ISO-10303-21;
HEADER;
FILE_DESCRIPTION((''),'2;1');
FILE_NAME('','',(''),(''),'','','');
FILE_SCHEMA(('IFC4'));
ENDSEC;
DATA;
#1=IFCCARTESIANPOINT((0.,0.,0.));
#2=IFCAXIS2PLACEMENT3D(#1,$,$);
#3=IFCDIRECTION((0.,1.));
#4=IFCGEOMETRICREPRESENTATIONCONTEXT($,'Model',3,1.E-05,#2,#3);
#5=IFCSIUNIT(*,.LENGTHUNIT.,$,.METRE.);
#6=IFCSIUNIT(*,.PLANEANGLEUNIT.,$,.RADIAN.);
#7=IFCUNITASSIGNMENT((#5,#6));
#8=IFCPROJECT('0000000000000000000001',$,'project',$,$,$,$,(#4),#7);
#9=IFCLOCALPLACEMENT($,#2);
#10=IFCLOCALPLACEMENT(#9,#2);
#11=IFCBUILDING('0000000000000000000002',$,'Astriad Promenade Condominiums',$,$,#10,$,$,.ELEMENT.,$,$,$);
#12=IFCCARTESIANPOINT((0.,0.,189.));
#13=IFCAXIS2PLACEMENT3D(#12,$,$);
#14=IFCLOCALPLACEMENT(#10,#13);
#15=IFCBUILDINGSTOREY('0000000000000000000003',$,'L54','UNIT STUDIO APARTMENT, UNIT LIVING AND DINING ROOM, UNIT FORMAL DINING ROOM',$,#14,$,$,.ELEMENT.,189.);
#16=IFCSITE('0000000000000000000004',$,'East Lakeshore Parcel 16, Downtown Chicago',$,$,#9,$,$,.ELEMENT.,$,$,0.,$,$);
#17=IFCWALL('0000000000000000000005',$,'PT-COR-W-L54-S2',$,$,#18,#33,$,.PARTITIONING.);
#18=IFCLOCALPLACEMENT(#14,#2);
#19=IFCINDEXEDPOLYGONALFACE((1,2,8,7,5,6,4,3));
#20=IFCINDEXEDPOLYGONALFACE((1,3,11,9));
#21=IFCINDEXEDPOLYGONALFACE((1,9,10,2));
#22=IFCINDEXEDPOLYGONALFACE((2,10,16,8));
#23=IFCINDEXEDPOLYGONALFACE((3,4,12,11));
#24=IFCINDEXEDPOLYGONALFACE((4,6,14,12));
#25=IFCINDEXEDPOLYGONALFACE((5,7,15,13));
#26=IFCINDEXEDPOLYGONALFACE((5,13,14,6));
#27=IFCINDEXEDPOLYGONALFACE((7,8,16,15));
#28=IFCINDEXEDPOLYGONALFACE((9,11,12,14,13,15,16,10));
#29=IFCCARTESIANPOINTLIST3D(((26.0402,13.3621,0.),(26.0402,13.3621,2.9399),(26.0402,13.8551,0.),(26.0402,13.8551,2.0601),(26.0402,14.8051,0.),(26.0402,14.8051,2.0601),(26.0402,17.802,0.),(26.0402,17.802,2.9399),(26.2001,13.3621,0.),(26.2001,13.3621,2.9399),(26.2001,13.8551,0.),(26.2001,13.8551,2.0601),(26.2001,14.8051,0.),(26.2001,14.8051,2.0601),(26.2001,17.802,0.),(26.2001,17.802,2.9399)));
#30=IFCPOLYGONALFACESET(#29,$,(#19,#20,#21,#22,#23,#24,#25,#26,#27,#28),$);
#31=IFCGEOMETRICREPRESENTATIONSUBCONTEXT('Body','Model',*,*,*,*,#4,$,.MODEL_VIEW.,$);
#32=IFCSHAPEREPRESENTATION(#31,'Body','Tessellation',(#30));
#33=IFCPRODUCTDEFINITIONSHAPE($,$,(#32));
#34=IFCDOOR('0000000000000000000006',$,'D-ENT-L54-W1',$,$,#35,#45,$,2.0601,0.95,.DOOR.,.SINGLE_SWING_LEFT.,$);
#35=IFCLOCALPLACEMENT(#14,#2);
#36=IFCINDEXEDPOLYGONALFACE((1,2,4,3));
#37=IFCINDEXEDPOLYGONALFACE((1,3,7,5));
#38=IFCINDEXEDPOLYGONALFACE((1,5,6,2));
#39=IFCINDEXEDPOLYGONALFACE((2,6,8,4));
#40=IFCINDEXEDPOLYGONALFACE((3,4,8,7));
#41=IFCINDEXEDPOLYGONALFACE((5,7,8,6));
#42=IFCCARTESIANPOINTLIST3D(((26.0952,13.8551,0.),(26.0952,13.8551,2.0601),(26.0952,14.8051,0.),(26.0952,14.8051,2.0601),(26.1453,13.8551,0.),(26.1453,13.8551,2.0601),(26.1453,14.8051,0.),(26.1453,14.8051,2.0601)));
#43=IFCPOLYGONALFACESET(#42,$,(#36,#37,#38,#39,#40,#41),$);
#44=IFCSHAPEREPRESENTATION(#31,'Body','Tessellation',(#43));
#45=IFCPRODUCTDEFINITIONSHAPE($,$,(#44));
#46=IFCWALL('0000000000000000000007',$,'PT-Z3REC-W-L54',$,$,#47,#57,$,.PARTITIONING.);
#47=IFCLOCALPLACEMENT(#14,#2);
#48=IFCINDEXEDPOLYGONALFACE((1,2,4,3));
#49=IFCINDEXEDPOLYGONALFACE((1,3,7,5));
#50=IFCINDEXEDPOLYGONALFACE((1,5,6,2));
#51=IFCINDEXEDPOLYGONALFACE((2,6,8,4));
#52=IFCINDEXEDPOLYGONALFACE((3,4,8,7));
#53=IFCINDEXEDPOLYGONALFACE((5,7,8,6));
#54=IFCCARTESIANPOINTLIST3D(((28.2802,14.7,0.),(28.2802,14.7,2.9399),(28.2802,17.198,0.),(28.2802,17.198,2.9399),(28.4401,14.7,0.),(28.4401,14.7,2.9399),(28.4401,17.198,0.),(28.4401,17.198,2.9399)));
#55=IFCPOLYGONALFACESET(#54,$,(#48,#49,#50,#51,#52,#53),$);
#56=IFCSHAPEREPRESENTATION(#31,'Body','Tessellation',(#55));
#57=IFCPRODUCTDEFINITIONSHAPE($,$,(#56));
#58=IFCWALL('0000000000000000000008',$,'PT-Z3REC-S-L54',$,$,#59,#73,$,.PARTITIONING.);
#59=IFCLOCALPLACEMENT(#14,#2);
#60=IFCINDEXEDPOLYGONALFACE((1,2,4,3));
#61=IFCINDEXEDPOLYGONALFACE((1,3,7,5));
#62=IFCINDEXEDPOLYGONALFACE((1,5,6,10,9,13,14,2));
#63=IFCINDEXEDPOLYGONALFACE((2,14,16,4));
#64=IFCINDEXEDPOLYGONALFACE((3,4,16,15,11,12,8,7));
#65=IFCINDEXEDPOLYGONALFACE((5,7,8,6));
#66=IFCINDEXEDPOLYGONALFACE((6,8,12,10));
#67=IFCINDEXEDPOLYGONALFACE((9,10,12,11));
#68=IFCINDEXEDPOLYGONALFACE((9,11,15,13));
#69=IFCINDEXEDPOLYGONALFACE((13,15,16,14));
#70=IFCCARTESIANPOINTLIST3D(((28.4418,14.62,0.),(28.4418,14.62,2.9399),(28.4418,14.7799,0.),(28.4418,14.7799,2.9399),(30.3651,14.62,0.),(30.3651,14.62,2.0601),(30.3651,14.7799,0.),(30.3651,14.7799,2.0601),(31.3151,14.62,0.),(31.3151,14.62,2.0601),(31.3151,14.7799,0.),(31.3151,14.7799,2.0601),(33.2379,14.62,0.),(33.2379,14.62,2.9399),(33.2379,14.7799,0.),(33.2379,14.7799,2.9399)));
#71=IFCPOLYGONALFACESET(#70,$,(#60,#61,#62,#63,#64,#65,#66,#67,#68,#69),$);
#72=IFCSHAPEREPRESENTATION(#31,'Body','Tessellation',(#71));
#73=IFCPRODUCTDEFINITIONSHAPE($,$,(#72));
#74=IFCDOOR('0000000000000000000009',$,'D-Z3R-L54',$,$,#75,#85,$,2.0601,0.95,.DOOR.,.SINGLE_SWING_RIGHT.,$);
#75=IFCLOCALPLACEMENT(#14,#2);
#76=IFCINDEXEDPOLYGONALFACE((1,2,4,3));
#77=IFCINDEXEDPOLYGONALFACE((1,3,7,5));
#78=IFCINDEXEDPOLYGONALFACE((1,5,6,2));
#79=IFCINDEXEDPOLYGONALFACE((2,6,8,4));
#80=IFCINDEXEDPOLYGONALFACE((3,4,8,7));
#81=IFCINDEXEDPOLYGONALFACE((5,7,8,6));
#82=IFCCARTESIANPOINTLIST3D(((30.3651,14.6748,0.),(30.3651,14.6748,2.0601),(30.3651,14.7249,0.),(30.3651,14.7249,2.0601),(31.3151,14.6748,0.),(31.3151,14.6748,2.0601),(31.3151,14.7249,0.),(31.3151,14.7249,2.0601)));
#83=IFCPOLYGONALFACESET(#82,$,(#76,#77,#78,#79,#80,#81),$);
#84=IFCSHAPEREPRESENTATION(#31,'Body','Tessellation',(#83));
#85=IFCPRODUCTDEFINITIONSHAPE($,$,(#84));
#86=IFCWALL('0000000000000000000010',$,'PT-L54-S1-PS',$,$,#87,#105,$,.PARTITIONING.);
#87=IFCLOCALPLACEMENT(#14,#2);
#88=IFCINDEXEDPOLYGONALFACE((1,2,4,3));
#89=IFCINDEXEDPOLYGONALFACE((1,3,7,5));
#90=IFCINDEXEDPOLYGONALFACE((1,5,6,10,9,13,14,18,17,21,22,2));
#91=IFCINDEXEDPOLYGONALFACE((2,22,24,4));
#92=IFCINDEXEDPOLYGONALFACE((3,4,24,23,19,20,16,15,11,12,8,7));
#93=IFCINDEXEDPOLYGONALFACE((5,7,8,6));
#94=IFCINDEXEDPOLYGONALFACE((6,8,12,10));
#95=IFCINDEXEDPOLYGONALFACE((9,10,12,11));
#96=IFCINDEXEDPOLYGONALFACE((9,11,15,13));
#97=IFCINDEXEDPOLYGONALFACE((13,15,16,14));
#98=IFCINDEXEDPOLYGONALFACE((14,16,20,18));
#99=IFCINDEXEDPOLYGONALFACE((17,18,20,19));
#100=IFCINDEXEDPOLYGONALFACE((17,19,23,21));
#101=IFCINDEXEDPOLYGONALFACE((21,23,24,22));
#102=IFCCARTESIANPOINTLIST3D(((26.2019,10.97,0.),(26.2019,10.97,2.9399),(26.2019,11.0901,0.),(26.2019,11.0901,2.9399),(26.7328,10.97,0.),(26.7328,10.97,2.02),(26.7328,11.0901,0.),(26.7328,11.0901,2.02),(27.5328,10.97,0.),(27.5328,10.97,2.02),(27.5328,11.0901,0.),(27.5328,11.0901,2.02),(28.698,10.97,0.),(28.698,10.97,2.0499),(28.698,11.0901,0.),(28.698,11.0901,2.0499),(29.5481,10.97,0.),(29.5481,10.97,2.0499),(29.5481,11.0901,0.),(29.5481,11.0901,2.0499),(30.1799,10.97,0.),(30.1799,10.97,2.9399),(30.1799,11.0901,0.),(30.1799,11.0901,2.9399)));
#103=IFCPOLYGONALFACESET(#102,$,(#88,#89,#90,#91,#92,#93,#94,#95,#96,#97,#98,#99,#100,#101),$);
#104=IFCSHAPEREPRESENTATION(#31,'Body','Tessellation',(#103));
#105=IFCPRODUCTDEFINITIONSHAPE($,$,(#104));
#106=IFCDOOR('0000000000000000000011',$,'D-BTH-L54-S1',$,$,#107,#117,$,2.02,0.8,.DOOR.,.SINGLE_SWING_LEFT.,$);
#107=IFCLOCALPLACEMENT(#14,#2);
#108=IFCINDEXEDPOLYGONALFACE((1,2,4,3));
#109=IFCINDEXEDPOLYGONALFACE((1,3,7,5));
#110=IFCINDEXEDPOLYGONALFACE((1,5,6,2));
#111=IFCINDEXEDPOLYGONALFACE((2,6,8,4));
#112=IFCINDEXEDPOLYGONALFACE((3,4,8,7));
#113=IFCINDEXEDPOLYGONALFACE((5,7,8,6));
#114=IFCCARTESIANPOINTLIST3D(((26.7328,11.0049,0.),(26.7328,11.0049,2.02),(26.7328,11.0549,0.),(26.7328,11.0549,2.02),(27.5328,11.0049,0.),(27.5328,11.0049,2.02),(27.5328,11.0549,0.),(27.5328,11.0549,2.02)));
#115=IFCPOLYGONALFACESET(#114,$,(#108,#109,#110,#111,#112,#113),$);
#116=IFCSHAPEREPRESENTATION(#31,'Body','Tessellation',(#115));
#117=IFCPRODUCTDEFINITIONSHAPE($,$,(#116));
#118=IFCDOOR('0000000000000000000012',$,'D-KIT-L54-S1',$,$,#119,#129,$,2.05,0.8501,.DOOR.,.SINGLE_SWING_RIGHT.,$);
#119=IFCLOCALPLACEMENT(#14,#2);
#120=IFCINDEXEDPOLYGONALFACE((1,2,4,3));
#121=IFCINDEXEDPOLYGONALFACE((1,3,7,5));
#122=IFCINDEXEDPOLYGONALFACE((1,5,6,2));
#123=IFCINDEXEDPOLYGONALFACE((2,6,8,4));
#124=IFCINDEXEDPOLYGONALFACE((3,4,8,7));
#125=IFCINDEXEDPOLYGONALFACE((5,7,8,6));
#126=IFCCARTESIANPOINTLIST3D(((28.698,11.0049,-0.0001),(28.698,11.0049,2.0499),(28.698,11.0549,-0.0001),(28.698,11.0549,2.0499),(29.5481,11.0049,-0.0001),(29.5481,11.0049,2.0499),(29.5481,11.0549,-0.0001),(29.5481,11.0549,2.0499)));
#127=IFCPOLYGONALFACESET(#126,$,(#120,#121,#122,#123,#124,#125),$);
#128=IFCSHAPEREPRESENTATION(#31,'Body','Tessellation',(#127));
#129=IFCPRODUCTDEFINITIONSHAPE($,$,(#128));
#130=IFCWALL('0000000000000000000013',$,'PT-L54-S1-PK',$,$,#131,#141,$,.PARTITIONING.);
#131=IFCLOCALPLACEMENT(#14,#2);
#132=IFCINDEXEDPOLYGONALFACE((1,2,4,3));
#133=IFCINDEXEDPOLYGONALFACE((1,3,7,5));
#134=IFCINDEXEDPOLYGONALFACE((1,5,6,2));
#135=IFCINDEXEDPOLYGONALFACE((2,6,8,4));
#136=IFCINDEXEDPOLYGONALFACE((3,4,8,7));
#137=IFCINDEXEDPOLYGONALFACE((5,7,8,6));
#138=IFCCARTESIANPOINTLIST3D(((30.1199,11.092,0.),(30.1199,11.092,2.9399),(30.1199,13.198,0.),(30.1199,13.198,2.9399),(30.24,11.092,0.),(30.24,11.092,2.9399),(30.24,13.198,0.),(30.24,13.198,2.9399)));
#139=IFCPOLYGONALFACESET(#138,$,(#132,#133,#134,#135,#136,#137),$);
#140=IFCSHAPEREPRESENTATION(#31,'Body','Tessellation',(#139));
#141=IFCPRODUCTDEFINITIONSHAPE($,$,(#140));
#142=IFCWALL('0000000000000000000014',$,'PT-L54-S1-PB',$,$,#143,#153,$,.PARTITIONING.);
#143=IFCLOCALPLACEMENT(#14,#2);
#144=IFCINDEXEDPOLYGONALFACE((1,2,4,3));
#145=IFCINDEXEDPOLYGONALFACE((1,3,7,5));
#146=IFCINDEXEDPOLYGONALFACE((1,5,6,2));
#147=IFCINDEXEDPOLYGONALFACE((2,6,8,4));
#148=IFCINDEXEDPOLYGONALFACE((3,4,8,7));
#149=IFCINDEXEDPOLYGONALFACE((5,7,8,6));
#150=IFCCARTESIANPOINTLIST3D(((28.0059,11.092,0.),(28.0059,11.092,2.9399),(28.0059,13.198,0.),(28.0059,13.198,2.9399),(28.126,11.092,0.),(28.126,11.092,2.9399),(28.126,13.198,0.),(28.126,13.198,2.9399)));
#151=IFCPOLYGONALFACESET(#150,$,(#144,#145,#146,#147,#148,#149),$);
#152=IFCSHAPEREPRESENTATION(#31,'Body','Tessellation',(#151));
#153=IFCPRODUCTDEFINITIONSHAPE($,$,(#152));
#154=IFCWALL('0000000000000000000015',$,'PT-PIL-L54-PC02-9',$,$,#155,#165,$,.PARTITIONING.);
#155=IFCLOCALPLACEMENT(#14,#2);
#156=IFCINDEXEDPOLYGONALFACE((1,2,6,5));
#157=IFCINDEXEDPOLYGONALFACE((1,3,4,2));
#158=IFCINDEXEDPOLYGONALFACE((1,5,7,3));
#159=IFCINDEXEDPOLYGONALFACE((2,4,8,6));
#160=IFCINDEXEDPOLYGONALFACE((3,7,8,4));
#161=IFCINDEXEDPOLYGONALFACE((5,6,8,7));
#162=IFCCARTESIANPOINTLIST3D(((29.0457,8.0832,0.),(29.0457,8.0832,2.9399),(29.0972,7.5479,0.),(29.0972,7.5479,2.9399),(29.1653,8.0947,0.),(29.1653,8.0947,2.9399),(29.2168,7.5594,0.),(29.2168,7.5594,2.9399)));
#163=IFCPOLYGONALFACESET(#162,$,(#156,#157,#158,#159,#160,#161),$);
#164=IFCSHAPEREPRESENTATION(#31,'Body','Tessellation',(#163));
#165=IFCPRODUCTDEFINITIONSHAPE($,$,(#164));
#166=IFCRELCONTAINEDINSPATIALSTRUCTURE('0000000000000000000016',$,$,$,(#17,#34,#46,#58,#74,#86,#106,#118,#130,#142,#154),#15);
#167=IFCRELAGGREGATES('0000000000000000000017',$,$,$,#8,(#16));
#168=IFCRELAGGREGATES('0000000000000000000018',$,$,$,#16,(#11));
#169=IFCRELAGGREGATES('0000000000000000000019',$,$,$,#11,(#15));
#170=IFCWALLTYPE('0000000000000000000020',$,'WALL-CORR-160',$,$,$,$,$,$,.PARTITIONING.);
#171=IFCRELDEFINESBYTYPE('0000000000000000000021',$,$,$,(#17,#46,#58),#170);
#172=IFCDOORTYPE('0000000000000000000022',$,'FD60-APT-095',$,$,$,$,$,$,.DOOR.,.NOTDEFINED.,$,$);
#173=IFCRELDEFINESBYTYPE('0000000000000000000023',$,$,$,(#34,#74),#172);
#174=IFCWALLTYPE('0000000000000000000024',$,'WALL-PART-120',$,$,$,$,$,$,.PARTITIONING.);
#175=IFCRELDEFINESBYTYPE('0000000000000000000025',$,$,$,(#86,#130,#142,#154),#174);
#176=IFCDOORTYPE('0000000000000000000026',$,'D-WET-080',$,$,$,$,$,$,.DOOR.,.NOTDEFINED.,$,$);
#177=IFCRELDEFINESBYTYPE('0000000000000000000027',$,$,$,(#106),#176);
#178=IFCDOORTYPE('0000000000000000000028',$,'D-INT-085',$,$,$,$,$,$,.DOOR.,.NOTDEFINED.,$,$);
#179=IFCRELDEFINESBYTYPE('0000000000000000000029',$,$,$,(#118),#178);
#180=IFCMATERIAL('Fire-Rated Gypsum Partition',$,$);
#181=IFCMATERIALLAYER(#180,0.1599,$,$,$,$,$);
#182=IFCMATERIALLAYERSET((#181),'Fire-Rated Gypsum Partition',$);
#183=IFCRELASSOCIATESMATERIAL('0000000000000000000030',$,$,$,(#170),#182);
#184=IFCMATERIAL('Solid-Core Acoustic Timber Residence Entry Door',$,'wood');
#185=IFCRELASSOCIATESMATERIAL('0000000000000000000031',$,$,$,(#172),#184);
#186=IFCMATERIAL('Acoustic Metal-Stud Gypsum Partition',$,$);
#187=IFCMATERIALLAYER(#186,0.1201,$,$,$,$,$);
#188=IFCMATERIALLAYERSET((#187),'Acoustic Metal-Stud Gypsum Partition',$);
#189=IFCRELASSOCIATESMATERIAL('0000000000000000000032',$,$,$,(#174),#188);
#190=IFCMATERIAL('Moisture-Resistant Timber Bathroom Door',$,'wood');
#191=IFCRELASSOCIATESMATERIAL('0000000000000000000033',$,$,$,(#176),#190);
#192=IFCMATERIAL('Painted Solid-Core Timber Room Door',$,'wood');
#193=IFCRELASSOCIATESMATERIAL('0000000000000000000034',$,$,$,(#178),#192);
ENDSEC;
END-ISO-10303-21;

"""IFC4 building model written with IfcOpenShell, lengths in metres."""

from ifc_helpers import new_model, si_unit, direction, frame, frame_2d, origin, place, context, subcontext, project, spatial, rectangle, extrude, source, transform, mapped, material, layer, layer_set, type_object, type_shapes, element, fill, save


model = new_model("IFC4")

# Units and contexts
model_context = context("Model", 3, precision=1e-05, world=origin(), true_north=direction((0.0, 1.0)))
body_context = subcontext(model_context, "Body", "Model", "MODEL_VIEW")
ifc_project = project(units=[si_unit("LENGTHUNIT", "METRE"), si_unit("PLANEANGLEUNIT", "RADIAN")], contexts=[model_context])

# Site, building, storey
site_placement = place(None, origin())
site = spatial("IfcSite", under=ifc_project, at=site_placement, Name="East Lakeshore Parcel 16, Downtown Chicago", CompositionType="ELEMENT", RefElevation=0.0)
building_placement = place(site_placement, origin())
building = spatial("IfcBuilding", under=site, at=building_placement, Name="Astriad Promenade Condominiums", CompositionType="ELEMENT")
storey_placement = place(building_placement, frame((0.0, 0.0, 189.0)))
storey = spatial("IfcBuildingStorey", under=building, at=storey_placement, Name="L54", Description="UNIT STUDIO APARTMENT, UNIT LIVING AND DINING ROOM, UNIT FORMAL DINING ROOM", CompositionType="ELEMENT", Elevation=189.0)

# Shared definitions
ifc_material_1 = material(Name="Fire-Rated Gypsum Partition")
ifc_layer_1 = layer(ifc_material_1, 0.1599)
ifc_layer_set_1 = layer_set([ifc_layer_1], Name="Fire-Rated Gypsum Partition")
wall_type_1 = type_object("IfcWallType", Name="WALL-CORR-160", PredefinedType="PARTITIONING", material=ifc_layer_set_1)
ifc_material_2 = material(Name="Solid-Core Acoustic Timber Residence Entry Door", Category="wood")
door_type_1 = type_object("IfcDoorType", Name="FD60-APT-095", OperationType="NOTDEFINED", PredefinedType="DOOR", material=ifc_material_2)
shared_shape_1 = source(origin(), body_context, "Body", "SweptSolid", [
    extrude(rectangle(XDim=0.95, YDim=2.0601, at=frame_2d((0.4751, 1.03))), frame((0.0, 0.0249, 0.0), z_axis=(0.0, -1.0, 0.0), x_axis=(1.0, 0.0, 0.0)), (0.0, 0.0, 1.0), 0.05),
])
type_shapes(door_type_1, [shared_shape_1])

# Wall, opening, door
wall_1_placement = place(storey_placement, frame((26.1201, 13.3621, 0.0), z_axis=(0.0, 0.0, 1.0), x_axis=(0.0, 1.0, 0.0)))
wall_1 = element("IfcWall", 1, at=wall_1_placement, inside=storey, type_object=wall_type_1, Name="PT-COR-W-L54-S2", PredefinedType="PARTITIONING", context=body_context, shape_type="SweptSolid", body=[
    extrude(rectangle(XDim=4.4399, YDim=0.1599, at=frame_2d((2.22, 0.0))), origin(), (0.0, 0.0, 1.0), 2.9399),
])
opening_1_placement = place(wall_1_placement, frame((0.4929, 0.0, 0.0)))
opening_1 = element("IfcOpeningElement", 2, at=opening_1_placement, cuts=wall_1, PredefinedType="OPENING", context=body_context, shape_type="SweptSolid", body=[
    extrude(rectangle(XDim=0.95, YDim=2.0601, at=frame_2d((0.4751, 1.03))), frame((0.0, 0.0898, 0.0), z_axis=(0.0, -1.0, 0.0), x_axis=(1.0, 0.0, 0.0)), (0.0, 0.0, 1.0), 0.1799),
])
door_1_placement = place(opening_1_placement, origin())
door_1 = element("IfcDoor", 3, at=door_1_placement, inside=storey, type_object=door_type_1, Name="D-ENT-L54-W1", OperationType="SINGLE_SWING_LEFT", OverallHeight=2.0601, OverallWidth=0.95, PredefinedType="DOOR", context=body_context, shape_type="MappedRepresentation", body=[
    mapped(shared_shape_1, transform((0.0, 0.0, 0.0), scale=1.0)),
])
fill(opening_1, door_1)

# Wall
wall_2_placement = place(storey_placement, frame((28.3601, 14.7, 0.0), z_axis=(0.0, 0.0, 1.0), x_axis=(0.0, 1.0, 0.0)))
element("IfcWall", 4, at=wall_2_placement, inside=storey, type_object=wall_type_1, Name="PT-Z3REC-W-L54", PredefinedType="PARTITIONING", context=body_context, shape_type="SweptSolid", body=[
    extrude(rectangle(XDim=2.498, YDim=0.1599, at=frame_2d((1.249, 0.0))), origin(), (0.0, 0.0, 1.0), 2.9399),
])

# Wall, opening, door
wall_3_placement = place(storey_placement, frame((28.4419, 14.7, 0.0), z_axis=(0.0, 0.0, 1.0), x_axis=(1.0, 0.0, 0.0)))
wall_3 = element("IfcWall", 5, at=wall_3_placement, inside=storey, type_object=wall_type_1, Name="PT-Z3REC-S-L54", PredefinedType="PARTITIONING", context=body_context, shape_type="SweptSolid", body=[
    extrude(rectangle(XDim=4.7961, YDim=0.1599, at=frame_2d((2.3979, 0.0))), origin(), (0.0, 0.0, 1.0), 2.9399),
])
opening_2_placement = place(wall_3_placement, frame((1.9231, 0.0, 0.0)))
opening_2 = element("IfcOpeningElement", 6, at=opening_2_placement, cuts=wall_3, PredefinedType="OPENING", context=body_context, shape_type="SweptSolid", body=[
    extrude(rectangle(XDim=0.95, YDim=2.0601, at=frame_2d((0.4751, 1.03))), frame((0.0, 0.0898, 0.0), z_axis=(0.0, -1.0, 0.0), x_axis=(1.0, 0.0, 0.0)), (0.0, 0.0, 1.0), 0.1799),
])
door_2_placement = place(opening_2_placement, origin())
door_2 = element("IfcDoor", 7, at=door_2_placement, inside=storey, type_object=door_type_1, Name="D-Z3R-L54", OperationType="SINGLE_SWING_RIGHT", OverallHeight=2.0601, OverallWidth=0.95, PredefinedType="DOOR", context=body_context, shape_type="MappedRepresentation", body=[
    mapped(shared_shape_1, transform((0.0, 0.0, 0.0), scale=1.0)),
])
fill(opening_2, door_2)

# Wall, openings, doors
ifc_material_3 = material(Name="Acoustic Metal-Stud Gypsum Partition")
ifc_layer_2 = layer(ifc_material_3, 0.1201)
ifc_layer_set_2 = layer_set([ifc_layer_2], Name="Acoustic Metal-Stud Gypsum Partition")
wall_type_2 = type_object("IfcWallType", Name="WALL-PART-120", PredefinedType="PARTITIONING", material=ifc_layer_set_2)
wall_4_placement = place(storey_placement, frame((26.2019, 11.03, 0.0), z_axis=(0.0, 0.0, 1.0), x_axis=(1.0, 0.0, 0.0)))
wall_4 = element("IfcWall", 8, at=wall_4_placement, inside=storey, type_object=wall_type_2, Name="PT-L54-S1-PS", PredefinedType="PARTITIONING", context=body_context, shape_type="SweptSolid", body=[
    extrude(rectangle(XDim=3.978, YDim=0.1201, at=frame_2d((1.989, 0.0))), origin(), (0.0, 0.0, 1.0), 2.9399),
])
opening_3_placement = place(wall_4_placement, frame((0.531, 0.0, 0.0)))
opening_3 = element("IfcOpeningElement", 9, at=opening_3_placement, cuts=wall_4, PredefinedType="OPENING", context=body_context, shape_type="SweptSolid", body=[
    extrude(rectangle(XDim=0.8, YDim=2.02, at=frame_2d((0.3999, 1.01))), frame((0.0, 0.0701, 0.0), z_axis=(0.0, -1.0, 0.0), x_axis=(1.0, 0.0, 0.0)), (0.0, 0.0, 1.0), 0.1401),
])
opening_4_placement = place(wall_4_placement, frame((2.4961, 0.0, 0.0)))
opening_4 = element("IfcOpeningElement", 10, at=opening_4_placement, cuts=wall_4, PredefinedType="OPENING", context=body_context, shape_type="SweptSolid", body=[
    extrude(rectangle(XDim=0.8501, YDim=2.05, at=frame_2d((0.425, 1.0249))), frame((0.0, 0.0701, 0.0), z_axis=(0.0, -1.0, 0.0), x_axis=(1.0, 0.0, 0.0)), (0.0, 0.0, 1.0), 0.1401),
])
ifc_material_4 = material(Name="Moisture-Resistant Timber Bathroom Door", Category="wood")
door_type_2 = type_object("IfcDoorType", Name="D-WET-080", OperationType="NOTDEFINED", PredefinedType="DOOR", material=ifc_material_4)
shared_shape_2 = source(origin(), body_context, "Body", "SweptSolid", [
    extrude(rectangle(XDim=0.8, YDim=2.02, at=frame_2d((0.3999, 1.01))), frame((0.0, 0.0249, 0.0), z_axis=(0.0, -1.0, 0.0), x_axis=(1.0, 0.0, 0.0)), (0.0, 0.0, 1.0), 0.05),
])
type_shapes(door_type_2, [shared_shape_2])
door_3_placement = place(opening_3_placement, origin())
door_3 = element("IfcDoor", 11, at=door_3_placement, inside=storey, type_object=door_type_2, Name="D-BTH-L54-S1", OperationType="SINGLE_SWING_LEFT", OverallHeight=2.02, OverallWidth=0.8, PredefinedType="DOOR", context=body_context, shape_type="MappedRepresentation", body=[
    mapped(shared_shape_2, transform((0.0, 0.0, 0.0), scale=1.0)),
])
fill(opening_3, door_3)
ifc_material_5 = material(Name="Painted Solid-Core Timber Room Door", Category="wood")
door_type_3 = type_object("IfcDoorType", Name="D-INT-085", OperationType="NOTDEFINED", PredefinedType="DOOR", material=ifc_material_5)
shared_shape_3 = source(origin(), body_context, "Body", "SweptSolid", [
    extrude(rectangle(XDim=0.8501, YDim=2.05, at=frame_2d((0.425, 1.0249))), frame((0.0, 0.0249, 0.0), z_axis=(0.0, -1.0, 0.0), x_axis=(1.0, 0.0, 0.0)), (0.0, 0.0, 1.0), 0.05),
])
type_shapes(door_type_3, [shared_shape_3])
door_4_placement = place(opening_4_placement, origin())
door_4 = element("IfcDoor", 12, at=door_4_placement, inside=storey, type_object=door_type_3, Name="D-KIT-L54-S1", OperationType="SINGLE_SWING_RIGHT", OverallHeight=2.05, OverallWidth=0.8501, PredefinedType="DOOR", context=body_context, shape_type="MappedRepresentation", body=[
    mapped(shared_shape_3, transform((0.0, 0.0, 0.0), scale=1.0)),
])
fill(opening_4, door_4)

# Walls
for number, where, z_axis, x_axis, name in (
    (13, (30.1799, 11.092, 0.0), (0.0, 0.0, 1.0), (0.0, 1.0, 0.0), "PT-L54-S1-PK"),
    (14, (28.0659, 11.092, 0.0), (0.0, 0.0, 1.0), (0.0, 1.0, 0.0), "PT-L54-S1-PB"),
):
    element("IfcWall", number, at=place(storey_placement, frame(where, z_axis=z_axis, x_axis=x_axis)), inside=storey, type_object=wall_type_2, Name=name, PredefinedType="PARTITIONING", context=body_context, shape_type="SweptSolid", body=[
        extrude(rectangle(XDim=2.106, YDim=0.1201, at=frame_2d((1.053, 0.0))), origin(), (0.0, 0.0, 1.0), 2.9399),
    ])
wall_5_placement = place(storey_placement, frame((29.1055, 8.0891, 0.0), z_axis=(0.0, 0.0, 1.0), x_axis=(0.095773, -0.995403, 0.0)))
element("IfcWall", 15, at=wall_5_placement, inside=storey, type_object=wall_type_2, Name="PT-PIL-L54-PC02-9", PredefinedType="PARTITIONING", context=body_context, shape_type="SweptSolid", body=[
    extrude(rectangle(XDim=0.5378, YDim=0.1201, at=frame_2d((0.269, 0.0))), origin(), (0.0, 0.0, 1.0), 2.9399),
])

save(model, "model.ifc")
